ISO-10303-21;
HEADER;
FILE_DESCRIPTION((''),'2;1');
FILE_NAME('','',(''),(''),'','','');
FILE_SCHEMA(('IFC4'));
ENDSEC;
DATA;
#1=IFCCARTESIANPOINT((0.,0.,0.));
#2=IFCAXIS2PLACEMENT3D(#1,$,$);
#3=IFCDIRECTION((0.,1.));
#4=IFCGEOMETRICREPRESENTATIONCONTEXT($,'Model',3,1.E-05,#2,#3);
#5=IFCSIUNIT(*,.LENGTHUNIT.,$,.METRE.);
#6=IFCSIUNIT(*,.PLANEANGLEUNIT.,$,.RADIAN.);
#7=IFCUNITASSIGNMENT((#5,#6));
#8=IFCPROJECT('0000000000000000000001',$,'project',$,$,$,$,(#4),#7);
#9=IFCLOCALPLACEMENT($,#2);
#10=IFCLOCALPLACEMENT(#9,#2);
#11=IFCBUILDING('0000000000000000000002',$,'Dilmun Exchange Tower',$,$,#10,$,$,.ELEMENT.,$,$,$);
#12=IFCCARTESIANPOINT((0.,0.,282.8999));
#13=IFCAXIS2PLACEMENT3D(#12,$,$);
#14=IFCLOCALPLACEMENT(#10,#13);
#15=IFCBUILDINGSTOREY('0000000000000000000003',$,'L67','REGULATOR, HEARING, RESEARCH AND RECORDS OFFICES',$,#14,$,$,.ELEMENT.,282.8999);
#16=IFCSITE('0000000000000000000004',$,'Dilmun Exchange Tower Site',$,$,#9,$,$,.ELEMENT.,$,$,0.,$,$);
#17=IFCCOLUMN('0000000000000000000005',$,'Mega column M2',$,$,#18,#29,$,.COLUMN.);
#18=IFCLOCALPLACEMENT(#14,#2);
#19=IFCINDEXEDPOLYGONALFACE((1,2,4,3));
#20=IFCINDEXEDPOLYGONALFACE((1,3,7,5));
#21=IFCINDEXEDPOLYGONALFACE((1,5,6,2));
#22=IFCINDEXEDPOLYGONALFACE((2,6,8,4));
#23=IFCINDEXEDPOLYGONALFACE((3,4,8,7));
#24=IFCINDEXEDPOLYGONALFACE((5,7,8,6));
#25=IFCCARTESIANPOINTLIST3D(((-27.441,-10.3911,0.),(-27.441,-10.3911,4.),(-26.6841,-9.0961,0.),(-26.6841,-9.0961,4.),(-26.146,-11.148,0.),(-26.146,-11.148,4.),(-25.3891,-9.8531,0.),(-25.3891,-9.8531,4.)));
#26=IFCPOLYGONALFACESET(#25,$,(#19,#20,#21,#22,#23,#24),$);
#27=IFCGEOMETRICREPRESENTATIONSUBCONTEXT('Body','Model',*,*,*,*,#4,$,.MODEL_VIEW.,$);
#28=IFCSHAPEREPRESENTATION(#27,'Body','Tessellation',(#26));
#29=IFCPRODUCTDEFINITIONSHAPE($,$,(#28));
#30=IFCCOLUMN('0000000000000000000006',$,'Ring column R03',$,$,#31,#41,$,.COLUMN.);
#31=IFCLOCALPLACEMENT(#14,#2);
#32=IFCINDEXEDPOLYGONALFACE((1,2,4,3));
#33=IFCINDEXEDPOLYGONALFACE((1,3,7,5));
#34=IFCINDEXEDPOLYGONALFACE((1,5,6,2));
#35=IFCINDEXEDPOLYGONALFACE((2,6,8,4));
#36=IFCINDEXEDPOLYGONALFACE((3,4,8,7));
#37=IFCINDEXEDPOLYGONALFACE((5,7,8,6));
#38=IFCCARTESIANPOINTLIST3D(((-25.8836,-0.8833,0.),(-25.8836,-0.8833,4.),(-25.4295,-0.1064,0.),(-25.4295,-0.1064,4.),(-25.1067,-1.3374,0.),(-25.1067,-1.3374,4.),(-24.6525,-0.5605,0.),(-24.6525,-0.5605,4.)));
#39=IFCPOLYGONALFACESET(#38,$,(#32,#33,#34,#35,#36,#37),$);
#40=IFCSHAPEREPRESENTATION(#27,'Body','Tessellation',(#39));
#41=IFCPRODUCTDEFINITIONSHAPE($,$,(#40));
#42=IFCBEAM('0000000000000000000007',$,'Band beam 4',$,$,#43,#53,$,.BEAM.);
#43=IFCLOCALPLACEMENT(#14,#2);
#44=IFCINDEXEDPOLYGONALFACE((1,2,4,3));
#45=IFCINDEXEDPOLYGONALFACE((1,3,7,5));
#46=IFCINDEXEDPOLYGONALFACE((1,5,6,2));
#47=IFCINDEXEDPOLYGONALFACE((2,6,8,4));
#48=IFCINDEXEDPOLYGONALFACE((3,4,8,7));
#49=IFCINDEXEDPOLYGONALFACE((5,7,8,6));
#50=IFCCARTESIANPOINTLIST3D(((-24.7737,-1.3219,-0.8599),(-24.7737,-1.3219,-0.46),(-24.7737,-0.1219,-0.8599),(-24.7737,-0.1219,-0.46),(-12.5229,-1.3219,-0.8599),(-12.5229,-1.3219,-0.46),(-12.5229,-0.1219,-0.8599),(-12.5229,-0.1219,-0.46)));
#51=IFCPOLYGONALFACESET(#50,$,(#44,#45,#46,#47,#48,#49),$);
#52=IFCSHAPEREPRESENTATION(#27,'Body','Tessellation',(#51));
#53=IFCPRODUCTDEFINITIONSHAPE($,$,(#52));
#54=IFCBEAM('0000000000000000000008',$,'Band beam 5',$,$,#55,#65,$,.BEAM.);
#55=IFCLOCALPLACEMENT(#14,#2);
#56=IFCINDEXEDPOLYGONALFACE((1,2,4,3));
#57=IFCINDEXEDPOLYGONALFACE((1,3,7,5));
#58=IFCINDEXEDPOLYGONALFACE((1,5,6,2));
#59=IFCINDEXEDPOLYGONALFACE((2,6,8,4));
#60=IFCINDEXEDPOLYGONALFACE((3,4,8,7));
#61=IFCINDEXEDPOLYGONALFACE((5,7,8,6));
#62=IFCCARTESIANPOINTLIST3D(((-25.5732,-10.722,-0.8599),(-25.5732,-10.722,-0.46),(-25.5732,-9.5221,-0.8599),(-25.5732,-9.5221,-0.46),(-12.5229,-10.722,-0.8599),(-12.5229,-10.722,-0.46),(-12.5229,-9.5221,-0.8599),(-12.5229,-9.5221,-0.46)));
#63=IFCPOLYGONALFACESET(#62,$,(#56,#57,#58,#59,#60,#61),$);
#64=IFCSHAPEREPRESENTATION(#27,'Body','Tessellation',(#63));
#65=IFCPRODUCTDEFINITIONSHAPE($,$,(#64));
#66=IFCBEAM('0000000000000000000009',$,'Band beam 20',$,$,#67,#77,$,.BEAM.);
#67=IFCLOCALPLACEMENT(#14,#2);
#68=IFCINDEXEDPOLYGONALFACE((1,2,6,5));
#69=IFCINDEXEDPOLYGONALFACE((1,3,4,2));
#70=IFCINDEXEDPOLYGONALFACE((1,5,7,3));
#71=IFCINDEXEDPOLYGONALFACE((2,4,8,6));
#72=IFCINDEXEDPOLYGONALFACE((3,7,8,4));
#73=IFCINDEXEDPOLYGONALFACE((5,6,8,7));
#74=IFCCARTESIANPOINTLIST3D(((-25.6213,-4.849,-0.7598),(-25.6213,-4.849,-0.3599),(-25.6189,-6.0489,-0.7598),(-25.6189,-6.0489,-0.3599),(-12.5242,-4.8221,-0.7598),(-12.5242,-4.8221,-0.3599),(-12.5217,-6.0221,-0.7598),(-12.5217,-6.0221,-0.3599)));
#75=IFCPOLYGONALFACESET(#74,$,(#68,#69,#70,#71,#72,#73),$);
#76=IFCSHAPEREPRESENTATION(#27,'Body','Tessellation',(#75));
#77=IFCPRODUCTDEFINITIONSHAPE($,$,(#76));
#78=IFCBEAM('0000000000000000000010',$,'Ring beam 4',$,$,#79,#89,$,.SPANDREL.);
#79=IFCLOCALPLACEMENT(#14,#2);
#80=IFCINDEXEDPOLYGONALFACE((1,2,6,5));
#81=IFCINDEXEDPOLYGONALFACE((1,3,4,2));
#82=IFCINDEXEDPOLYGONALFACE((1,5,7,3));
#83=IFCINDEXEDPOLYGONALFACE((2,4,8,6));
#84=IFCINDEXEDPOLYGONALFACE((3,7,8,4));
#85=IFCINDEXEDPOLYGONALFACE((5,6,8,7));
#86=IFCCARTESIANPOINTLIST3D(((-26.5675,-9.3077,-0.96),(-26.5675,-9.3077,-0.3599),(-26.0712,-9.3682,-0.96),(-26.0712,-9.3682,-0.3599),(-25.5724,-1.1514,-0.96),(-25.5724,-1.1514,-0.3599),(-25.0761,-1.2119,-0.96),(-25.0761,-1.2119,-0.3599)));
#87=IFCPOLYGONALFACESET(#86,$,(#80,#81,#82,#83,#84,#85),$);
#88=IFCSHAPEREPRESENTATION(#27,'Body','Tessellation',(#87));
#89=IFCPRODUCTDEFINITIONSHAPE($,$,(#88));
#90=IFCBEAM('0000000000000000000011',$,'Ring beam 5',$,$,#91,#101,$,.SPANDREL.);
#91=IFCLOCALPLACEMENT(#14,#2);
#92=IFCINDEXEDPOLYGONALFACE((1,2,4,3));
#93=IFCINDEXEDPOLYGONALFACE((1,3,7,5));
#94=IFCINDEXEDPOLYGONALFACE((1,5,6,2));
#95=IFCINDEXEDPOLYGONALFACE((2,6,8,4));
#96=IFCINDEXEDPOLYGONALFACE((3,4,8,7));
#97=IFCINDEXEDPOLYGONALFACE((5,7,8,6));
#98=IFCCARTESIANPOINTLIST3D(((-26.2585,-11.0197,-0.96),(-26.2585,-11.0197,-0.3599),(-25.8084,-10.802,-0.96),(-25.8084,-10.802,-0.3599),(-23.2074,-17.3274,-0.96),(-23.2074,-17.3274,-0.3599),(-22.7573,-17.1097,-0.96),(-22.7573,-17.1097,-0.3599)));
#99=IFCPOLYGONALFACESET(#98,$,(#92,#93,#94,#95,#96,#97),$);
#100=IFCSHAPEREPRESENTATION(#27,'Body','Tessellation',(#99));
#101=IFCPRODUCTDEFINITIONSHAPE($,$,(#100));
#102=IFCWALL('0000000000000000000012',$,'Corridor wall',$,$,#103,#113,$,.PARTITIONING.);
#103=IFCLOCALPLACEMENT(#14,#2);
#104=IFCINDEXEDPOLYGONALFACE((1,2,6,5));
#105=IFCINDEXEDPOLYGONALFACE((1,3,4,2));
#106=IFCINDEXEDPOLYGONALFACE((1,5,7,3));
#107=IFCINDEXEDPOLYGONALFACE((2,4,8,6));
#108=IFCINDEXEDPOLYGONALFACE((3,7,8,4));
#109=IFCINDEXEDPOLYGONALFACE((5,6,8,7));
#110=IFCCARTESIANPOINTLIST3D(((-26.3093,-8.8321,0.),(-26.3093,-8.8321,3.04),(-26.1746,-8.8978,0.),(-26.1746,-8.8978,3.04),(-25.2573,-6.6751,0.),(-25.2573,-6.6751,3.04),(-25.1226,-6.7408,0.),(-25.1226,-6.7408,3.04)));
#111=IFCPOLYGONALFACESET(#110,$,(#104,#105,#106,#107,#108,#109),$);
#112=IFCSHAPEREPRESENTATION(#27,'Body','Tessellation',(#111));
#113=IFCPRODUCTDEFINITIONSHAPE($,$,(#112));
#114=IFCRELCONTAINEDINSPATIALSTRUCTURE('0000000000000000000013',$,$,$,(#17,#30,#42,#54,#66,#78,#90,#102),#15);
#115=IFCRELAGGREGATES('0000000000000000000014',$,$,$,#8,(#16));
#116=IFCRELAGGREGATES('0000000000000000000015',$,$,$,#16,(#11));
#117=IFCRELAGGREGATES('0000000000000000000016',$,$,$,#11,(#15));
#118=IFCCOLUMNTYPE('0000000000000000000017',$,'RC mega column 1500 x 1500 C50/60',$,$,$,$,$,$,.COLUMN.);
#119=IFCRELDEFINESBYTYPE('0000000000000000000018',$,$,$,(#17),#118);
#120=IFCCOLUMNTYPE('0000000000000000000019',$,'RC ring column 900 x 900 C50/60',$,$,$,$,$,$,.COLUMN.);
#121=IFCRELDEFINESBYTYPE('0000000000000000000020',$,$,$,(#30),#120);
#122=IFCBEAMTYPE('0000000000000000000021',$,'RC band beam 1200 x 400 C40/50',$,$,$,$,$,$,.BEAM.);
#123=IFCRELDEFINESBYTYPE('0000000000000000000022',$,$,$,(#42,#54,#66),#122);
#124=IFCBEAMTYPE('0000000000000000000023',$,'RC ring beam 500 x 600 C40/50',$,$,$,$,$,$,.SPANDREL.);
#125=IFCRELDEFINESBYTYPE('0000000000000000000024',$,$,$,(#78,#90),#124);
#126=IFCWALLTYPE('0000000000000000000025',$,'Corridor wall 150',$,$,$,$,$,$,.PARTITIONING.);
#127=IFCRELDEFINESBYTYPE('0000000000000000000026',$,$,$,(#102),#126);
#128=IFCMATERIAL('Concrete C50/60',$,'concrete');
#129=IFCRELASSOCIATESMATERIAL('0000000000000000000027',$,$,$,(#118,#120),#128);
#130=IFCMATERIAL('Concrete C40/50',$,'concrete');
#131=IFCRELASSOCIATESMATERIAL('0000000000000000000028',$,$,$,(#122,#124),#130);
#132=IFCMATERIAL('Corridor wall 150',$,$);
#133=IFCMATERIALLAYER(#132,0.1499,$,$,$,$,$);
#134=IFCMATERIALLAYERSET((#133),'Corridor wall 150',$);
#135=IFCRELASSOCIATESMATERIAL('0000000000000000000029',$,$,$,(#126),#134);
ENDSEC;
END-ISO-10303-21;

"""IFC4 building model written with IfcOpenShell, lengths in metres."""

from ifc_helpers import new_model, si_unit, direction, frame, frame_2d, origin, origin_2d, place, context, subcontext, project, spatial, rectangle, extrude, material, layer, layer_set, material_profile, profile_set, type_object, element, save


model = new_model("IFC4")

# Units and contexts
model_context = context("Model", 3, precision=1e-05, world=origin(), true_north=direction((0.0, 1.0)))
body_context = subcontext(model_context, "Body", "Model", "MODEL_VIEW")
ifc_project = project(units=[si_unit("LENGTHUNIT", "METRE"), si_unit("PLANEANGLEUNIT", "RADIAN")], contexts=[model_context])

# Site, building, storey
site_placement = place(None, origin())
site = spatial("IfcSite", under=ifc_project, at=site_placement, Name="Dilmun Exchange Tower Site", CompositionType="ELEMENT", RefElevation=0.0)
building_placement = place(site_placement, origin())
building = spatial("IfcBuilding", under=site, at=building_placement, Name="Dilmun Exchange Tower", CompositionType="ELEMENT")
storey_placement = place(building_placement, frame((0.0, 0.0, 282.8999)))
storey = spatial("IfcBuildingStorey", under=building, at=storey_placement, Name="L67", Description="REGULATOR, HEARING, RESEARCH AND RECORDS OFFICES", CompositionType="ELEMENT", Elevation=282.8999)

# Columns
ifc_material_1 = material(Name="Concrete C50/60", Category="concrete")
ifc_material_profile_1 = material_profile(ifc_material_1, rectangle(XDim=1.5, YDim=1.5, at=origin_2d()), Name="1500 x 1500")
ifc_profile_set_1 = profile_set([ifc_material_profile_1], Name="Concrete C50/60")
column_type_1 = type_object("IfcColumnType", Name="RC mega column 1500 x 1500 C50/60", PredefinedType="COLUMN", material=ifc_profile_set_1)
column_1_placement = place(storey_placement, frame((-26.415, -10.1221, 0.0), z_axis=(0.0, 0.0, 1.0), x_axis=(0.504644, 0.863328, 0.0)))
element("IfcColumn", 1, at=column_1_placement, inside=storey, type_object=column_type_1, Name="Mega column M2", PredefinedType="COLUMN", context=body_context, shape_type="SweptSolid", body=[
    extrude(rectangle(XDim=1.5, YDim=1.5, at=origin_2d()), origin(), (0.0, 0.0, 1.0), 4.0),
])
ifc_material_profile_2 = material_profile(ifc_material_1, rectangle(XDim=0.8999, YDim=0.8999, at=origin_2d()), Name="900 x 900")
ifc_profile_set_2 = profile_set([ifc_material_profile_2], Name="Concrete C50/60")
column_type_2 = type_object("IfcColumnType", Name="RC ring column 900 x 900 C50/60", PredefinedType="COLUMN", material=ifc_profile_set_2)
column_2_placement = place(storey_placement, frame((-25.2681, -0.7219, 0.0), z_axis=(0.0, 0.0, 1.0), x_axis=(0.504644, 0.863328, 0.0)))
element("IfcColumn", 2, at=column_2_placement, inside=storey, type_object=column_type_2, Name="Ring column R03", PredefinedType="COLUMN", context=body_context, shape_type="SweptSolid", body=[
    extrude(rectangle(XDim=0.8999, YDim=0.8999, at=origin_2d()), origin(), (0.0, 0.0, 1.0), 4.0),
])

# Beams
ifc_material_2 = material(Name="Concrete C40/50", Category="concrete")
ifc_material_profile_3 = material_profile(ifc_material_2, rectangle(XDim=1.2, YDim=0.3999, at=origin_2d()), Name="1200 x 400")
ifc_profile_set_3 = profile_set([ifc_material_profile_3], Name="Concrete C40/50")
beam_type_1 = type_object("IfcBeamType", Name="RC band beam 1200 x 400 C40/50", PredefinedType="BEAM", material=ifc_profile_set_3)
beam_1_placement = place(storey_placement, frame((-24.7737, -0.7219, -0.6599), z_axis=(1.0, 0.0, 0.0), x_axis=(0.0, 1.0, 0.0)))
element("IfcBeam", 3, at=beam_1_placement, inside=storey, type_object=beam_type_1, Name="Band beam 4", PredefinedType="BEAM", context=body_context, shape_type="SweptSolid", body=[
    extrude(rectangle(XDim=1.2, YDim=0.3999, at=origin_2d()), origin(), (0.0, 0.0, 1.0), 12.2507),
])
beam_2_placement = place(storey_placement, frame((-25.5732, -10.1221, -0.6599), z_axis=(1.0, 0.0, 0.0), x_axis=(0.0, 1.0, 0.0)))
element("IfcBeam", 4, at=beam_2_placement, inside=storey, type_object=beam_type_1, Name="Band beam 5", PredefinedType="BEAM", context=body_context, shape_type="SweptSolid", body=[
    extrude(rectangle(XDim=1.2, YDim=0.3999, at=origin_2d()), origin(), (0.0, 0.0, 1.0), 13.0503),
])
beam_3_placement = place(storey_placement, frame((-25.6201, -5.449, -0.5598), z_axis=(0.999998, 0.00205, 0.0), x_axis=(-0.00205, 0.999998, 0.0)))
element("IfcBeam", 5, at=beam_3_placement, inside=storey, type_object=beam_type_1, Name="Band beam 20", PredefinedType="BEAM", context=body_context, shape_type="SweptSolid", body=[
    extrude(rectangle(XDim=1.2, YDim=0.3999, at=origin_2d()), origin(), (0.0, 0.0, 1.0), 13.0972),
])
ifc_material_profile_4 = material_profile(ifc_material_2, rectangle(XDim=0.5, YDim=0.6001, at=origin_2d()), Name="500 x 600")
ifc_profile_set_4 = profile_set([ifc_material_profile_4], Name="Concrete C40/50")
beam_type_2 = type_object("IfcBeamType", Name="RC ring beam 500 x 600 C40/50", PredefinedType="SPANDREL", material=ifc_profile_set_4)
beam_4_placement = place(storey_placement, frame((-25.3242, -1.1816, -0.6599), z_axis=(-0.121109, -0.992639, 0.0), x_axis=(0.992639, -0.121109, 0.0)))
element("IfcBeam", 6, at=beam_4_placement, inside=storey, type_object=beam_type_2, Name="Ring beam 4", PredefinedType="SPANDREL", context=body_context, shape_type="SweptSolid", body=[
    extrude(rectangle(XDim=0.5, YDim=0.6001, at=origin_2d()), origin(), (0.0, 0.0, 1.0), 8.2168),
])
beam_5_placement = place(storey_placement, frame((-26.0334, -10.9109, -0.6599), z_axis=(0.43544, -0.900218, 0.0), x_axis=(0.900218, 0.43544, 0.0)))
element("IfcBeam", 7, at=beam_5_placement, inside=storey, type_object=beam_type_2, Name="Ring beam 5", PredefinedType="SPANDREL", context=body_context, shape_type="SweptSolid", body=[
    extrude(rectangle(XDim=0.5, YDim=0.6001, at=origin_2d()), origin(), (0.0, 0.0, 1.0), 7.0068),
])

# Wall
ifc_material_3 = material(Name="Corridor wall 150")
ifc_layer_1 = layer(ifc_material_3, 0.1499)
ifc_layer_set_1 = layer_set([ifc_layer_1], Name="Corridor wall 150")
wall_type_1 = type_object("IfcWallType", Name="Corridor wall 150", PredefinedType="PARTITIONING", material=ifc_layer_set_1)
wall_1_placement = place(storey_placement, frame((-26.2419, -8.865, 0.0), z_axis=(0.0, 0.0, 1.0), x_axis=(0.438361, 0.898799, 0.0)))
element("IfcWall", 8, at=wall_1_placement, inside=storey, type_object=wall_type_1, Name="Corridor wall", PredefinedType="PARTITIONING", context=body_context, shape_type="SweptSolid", body=[
    extrude(rectangle(XDim=2.3999, YDim=0.1499, at=frame_2d((1.2, 0.0))), origin(), (0.0, 0.0, 1.0), 3.04),
])

save(model, "model.ifc")
